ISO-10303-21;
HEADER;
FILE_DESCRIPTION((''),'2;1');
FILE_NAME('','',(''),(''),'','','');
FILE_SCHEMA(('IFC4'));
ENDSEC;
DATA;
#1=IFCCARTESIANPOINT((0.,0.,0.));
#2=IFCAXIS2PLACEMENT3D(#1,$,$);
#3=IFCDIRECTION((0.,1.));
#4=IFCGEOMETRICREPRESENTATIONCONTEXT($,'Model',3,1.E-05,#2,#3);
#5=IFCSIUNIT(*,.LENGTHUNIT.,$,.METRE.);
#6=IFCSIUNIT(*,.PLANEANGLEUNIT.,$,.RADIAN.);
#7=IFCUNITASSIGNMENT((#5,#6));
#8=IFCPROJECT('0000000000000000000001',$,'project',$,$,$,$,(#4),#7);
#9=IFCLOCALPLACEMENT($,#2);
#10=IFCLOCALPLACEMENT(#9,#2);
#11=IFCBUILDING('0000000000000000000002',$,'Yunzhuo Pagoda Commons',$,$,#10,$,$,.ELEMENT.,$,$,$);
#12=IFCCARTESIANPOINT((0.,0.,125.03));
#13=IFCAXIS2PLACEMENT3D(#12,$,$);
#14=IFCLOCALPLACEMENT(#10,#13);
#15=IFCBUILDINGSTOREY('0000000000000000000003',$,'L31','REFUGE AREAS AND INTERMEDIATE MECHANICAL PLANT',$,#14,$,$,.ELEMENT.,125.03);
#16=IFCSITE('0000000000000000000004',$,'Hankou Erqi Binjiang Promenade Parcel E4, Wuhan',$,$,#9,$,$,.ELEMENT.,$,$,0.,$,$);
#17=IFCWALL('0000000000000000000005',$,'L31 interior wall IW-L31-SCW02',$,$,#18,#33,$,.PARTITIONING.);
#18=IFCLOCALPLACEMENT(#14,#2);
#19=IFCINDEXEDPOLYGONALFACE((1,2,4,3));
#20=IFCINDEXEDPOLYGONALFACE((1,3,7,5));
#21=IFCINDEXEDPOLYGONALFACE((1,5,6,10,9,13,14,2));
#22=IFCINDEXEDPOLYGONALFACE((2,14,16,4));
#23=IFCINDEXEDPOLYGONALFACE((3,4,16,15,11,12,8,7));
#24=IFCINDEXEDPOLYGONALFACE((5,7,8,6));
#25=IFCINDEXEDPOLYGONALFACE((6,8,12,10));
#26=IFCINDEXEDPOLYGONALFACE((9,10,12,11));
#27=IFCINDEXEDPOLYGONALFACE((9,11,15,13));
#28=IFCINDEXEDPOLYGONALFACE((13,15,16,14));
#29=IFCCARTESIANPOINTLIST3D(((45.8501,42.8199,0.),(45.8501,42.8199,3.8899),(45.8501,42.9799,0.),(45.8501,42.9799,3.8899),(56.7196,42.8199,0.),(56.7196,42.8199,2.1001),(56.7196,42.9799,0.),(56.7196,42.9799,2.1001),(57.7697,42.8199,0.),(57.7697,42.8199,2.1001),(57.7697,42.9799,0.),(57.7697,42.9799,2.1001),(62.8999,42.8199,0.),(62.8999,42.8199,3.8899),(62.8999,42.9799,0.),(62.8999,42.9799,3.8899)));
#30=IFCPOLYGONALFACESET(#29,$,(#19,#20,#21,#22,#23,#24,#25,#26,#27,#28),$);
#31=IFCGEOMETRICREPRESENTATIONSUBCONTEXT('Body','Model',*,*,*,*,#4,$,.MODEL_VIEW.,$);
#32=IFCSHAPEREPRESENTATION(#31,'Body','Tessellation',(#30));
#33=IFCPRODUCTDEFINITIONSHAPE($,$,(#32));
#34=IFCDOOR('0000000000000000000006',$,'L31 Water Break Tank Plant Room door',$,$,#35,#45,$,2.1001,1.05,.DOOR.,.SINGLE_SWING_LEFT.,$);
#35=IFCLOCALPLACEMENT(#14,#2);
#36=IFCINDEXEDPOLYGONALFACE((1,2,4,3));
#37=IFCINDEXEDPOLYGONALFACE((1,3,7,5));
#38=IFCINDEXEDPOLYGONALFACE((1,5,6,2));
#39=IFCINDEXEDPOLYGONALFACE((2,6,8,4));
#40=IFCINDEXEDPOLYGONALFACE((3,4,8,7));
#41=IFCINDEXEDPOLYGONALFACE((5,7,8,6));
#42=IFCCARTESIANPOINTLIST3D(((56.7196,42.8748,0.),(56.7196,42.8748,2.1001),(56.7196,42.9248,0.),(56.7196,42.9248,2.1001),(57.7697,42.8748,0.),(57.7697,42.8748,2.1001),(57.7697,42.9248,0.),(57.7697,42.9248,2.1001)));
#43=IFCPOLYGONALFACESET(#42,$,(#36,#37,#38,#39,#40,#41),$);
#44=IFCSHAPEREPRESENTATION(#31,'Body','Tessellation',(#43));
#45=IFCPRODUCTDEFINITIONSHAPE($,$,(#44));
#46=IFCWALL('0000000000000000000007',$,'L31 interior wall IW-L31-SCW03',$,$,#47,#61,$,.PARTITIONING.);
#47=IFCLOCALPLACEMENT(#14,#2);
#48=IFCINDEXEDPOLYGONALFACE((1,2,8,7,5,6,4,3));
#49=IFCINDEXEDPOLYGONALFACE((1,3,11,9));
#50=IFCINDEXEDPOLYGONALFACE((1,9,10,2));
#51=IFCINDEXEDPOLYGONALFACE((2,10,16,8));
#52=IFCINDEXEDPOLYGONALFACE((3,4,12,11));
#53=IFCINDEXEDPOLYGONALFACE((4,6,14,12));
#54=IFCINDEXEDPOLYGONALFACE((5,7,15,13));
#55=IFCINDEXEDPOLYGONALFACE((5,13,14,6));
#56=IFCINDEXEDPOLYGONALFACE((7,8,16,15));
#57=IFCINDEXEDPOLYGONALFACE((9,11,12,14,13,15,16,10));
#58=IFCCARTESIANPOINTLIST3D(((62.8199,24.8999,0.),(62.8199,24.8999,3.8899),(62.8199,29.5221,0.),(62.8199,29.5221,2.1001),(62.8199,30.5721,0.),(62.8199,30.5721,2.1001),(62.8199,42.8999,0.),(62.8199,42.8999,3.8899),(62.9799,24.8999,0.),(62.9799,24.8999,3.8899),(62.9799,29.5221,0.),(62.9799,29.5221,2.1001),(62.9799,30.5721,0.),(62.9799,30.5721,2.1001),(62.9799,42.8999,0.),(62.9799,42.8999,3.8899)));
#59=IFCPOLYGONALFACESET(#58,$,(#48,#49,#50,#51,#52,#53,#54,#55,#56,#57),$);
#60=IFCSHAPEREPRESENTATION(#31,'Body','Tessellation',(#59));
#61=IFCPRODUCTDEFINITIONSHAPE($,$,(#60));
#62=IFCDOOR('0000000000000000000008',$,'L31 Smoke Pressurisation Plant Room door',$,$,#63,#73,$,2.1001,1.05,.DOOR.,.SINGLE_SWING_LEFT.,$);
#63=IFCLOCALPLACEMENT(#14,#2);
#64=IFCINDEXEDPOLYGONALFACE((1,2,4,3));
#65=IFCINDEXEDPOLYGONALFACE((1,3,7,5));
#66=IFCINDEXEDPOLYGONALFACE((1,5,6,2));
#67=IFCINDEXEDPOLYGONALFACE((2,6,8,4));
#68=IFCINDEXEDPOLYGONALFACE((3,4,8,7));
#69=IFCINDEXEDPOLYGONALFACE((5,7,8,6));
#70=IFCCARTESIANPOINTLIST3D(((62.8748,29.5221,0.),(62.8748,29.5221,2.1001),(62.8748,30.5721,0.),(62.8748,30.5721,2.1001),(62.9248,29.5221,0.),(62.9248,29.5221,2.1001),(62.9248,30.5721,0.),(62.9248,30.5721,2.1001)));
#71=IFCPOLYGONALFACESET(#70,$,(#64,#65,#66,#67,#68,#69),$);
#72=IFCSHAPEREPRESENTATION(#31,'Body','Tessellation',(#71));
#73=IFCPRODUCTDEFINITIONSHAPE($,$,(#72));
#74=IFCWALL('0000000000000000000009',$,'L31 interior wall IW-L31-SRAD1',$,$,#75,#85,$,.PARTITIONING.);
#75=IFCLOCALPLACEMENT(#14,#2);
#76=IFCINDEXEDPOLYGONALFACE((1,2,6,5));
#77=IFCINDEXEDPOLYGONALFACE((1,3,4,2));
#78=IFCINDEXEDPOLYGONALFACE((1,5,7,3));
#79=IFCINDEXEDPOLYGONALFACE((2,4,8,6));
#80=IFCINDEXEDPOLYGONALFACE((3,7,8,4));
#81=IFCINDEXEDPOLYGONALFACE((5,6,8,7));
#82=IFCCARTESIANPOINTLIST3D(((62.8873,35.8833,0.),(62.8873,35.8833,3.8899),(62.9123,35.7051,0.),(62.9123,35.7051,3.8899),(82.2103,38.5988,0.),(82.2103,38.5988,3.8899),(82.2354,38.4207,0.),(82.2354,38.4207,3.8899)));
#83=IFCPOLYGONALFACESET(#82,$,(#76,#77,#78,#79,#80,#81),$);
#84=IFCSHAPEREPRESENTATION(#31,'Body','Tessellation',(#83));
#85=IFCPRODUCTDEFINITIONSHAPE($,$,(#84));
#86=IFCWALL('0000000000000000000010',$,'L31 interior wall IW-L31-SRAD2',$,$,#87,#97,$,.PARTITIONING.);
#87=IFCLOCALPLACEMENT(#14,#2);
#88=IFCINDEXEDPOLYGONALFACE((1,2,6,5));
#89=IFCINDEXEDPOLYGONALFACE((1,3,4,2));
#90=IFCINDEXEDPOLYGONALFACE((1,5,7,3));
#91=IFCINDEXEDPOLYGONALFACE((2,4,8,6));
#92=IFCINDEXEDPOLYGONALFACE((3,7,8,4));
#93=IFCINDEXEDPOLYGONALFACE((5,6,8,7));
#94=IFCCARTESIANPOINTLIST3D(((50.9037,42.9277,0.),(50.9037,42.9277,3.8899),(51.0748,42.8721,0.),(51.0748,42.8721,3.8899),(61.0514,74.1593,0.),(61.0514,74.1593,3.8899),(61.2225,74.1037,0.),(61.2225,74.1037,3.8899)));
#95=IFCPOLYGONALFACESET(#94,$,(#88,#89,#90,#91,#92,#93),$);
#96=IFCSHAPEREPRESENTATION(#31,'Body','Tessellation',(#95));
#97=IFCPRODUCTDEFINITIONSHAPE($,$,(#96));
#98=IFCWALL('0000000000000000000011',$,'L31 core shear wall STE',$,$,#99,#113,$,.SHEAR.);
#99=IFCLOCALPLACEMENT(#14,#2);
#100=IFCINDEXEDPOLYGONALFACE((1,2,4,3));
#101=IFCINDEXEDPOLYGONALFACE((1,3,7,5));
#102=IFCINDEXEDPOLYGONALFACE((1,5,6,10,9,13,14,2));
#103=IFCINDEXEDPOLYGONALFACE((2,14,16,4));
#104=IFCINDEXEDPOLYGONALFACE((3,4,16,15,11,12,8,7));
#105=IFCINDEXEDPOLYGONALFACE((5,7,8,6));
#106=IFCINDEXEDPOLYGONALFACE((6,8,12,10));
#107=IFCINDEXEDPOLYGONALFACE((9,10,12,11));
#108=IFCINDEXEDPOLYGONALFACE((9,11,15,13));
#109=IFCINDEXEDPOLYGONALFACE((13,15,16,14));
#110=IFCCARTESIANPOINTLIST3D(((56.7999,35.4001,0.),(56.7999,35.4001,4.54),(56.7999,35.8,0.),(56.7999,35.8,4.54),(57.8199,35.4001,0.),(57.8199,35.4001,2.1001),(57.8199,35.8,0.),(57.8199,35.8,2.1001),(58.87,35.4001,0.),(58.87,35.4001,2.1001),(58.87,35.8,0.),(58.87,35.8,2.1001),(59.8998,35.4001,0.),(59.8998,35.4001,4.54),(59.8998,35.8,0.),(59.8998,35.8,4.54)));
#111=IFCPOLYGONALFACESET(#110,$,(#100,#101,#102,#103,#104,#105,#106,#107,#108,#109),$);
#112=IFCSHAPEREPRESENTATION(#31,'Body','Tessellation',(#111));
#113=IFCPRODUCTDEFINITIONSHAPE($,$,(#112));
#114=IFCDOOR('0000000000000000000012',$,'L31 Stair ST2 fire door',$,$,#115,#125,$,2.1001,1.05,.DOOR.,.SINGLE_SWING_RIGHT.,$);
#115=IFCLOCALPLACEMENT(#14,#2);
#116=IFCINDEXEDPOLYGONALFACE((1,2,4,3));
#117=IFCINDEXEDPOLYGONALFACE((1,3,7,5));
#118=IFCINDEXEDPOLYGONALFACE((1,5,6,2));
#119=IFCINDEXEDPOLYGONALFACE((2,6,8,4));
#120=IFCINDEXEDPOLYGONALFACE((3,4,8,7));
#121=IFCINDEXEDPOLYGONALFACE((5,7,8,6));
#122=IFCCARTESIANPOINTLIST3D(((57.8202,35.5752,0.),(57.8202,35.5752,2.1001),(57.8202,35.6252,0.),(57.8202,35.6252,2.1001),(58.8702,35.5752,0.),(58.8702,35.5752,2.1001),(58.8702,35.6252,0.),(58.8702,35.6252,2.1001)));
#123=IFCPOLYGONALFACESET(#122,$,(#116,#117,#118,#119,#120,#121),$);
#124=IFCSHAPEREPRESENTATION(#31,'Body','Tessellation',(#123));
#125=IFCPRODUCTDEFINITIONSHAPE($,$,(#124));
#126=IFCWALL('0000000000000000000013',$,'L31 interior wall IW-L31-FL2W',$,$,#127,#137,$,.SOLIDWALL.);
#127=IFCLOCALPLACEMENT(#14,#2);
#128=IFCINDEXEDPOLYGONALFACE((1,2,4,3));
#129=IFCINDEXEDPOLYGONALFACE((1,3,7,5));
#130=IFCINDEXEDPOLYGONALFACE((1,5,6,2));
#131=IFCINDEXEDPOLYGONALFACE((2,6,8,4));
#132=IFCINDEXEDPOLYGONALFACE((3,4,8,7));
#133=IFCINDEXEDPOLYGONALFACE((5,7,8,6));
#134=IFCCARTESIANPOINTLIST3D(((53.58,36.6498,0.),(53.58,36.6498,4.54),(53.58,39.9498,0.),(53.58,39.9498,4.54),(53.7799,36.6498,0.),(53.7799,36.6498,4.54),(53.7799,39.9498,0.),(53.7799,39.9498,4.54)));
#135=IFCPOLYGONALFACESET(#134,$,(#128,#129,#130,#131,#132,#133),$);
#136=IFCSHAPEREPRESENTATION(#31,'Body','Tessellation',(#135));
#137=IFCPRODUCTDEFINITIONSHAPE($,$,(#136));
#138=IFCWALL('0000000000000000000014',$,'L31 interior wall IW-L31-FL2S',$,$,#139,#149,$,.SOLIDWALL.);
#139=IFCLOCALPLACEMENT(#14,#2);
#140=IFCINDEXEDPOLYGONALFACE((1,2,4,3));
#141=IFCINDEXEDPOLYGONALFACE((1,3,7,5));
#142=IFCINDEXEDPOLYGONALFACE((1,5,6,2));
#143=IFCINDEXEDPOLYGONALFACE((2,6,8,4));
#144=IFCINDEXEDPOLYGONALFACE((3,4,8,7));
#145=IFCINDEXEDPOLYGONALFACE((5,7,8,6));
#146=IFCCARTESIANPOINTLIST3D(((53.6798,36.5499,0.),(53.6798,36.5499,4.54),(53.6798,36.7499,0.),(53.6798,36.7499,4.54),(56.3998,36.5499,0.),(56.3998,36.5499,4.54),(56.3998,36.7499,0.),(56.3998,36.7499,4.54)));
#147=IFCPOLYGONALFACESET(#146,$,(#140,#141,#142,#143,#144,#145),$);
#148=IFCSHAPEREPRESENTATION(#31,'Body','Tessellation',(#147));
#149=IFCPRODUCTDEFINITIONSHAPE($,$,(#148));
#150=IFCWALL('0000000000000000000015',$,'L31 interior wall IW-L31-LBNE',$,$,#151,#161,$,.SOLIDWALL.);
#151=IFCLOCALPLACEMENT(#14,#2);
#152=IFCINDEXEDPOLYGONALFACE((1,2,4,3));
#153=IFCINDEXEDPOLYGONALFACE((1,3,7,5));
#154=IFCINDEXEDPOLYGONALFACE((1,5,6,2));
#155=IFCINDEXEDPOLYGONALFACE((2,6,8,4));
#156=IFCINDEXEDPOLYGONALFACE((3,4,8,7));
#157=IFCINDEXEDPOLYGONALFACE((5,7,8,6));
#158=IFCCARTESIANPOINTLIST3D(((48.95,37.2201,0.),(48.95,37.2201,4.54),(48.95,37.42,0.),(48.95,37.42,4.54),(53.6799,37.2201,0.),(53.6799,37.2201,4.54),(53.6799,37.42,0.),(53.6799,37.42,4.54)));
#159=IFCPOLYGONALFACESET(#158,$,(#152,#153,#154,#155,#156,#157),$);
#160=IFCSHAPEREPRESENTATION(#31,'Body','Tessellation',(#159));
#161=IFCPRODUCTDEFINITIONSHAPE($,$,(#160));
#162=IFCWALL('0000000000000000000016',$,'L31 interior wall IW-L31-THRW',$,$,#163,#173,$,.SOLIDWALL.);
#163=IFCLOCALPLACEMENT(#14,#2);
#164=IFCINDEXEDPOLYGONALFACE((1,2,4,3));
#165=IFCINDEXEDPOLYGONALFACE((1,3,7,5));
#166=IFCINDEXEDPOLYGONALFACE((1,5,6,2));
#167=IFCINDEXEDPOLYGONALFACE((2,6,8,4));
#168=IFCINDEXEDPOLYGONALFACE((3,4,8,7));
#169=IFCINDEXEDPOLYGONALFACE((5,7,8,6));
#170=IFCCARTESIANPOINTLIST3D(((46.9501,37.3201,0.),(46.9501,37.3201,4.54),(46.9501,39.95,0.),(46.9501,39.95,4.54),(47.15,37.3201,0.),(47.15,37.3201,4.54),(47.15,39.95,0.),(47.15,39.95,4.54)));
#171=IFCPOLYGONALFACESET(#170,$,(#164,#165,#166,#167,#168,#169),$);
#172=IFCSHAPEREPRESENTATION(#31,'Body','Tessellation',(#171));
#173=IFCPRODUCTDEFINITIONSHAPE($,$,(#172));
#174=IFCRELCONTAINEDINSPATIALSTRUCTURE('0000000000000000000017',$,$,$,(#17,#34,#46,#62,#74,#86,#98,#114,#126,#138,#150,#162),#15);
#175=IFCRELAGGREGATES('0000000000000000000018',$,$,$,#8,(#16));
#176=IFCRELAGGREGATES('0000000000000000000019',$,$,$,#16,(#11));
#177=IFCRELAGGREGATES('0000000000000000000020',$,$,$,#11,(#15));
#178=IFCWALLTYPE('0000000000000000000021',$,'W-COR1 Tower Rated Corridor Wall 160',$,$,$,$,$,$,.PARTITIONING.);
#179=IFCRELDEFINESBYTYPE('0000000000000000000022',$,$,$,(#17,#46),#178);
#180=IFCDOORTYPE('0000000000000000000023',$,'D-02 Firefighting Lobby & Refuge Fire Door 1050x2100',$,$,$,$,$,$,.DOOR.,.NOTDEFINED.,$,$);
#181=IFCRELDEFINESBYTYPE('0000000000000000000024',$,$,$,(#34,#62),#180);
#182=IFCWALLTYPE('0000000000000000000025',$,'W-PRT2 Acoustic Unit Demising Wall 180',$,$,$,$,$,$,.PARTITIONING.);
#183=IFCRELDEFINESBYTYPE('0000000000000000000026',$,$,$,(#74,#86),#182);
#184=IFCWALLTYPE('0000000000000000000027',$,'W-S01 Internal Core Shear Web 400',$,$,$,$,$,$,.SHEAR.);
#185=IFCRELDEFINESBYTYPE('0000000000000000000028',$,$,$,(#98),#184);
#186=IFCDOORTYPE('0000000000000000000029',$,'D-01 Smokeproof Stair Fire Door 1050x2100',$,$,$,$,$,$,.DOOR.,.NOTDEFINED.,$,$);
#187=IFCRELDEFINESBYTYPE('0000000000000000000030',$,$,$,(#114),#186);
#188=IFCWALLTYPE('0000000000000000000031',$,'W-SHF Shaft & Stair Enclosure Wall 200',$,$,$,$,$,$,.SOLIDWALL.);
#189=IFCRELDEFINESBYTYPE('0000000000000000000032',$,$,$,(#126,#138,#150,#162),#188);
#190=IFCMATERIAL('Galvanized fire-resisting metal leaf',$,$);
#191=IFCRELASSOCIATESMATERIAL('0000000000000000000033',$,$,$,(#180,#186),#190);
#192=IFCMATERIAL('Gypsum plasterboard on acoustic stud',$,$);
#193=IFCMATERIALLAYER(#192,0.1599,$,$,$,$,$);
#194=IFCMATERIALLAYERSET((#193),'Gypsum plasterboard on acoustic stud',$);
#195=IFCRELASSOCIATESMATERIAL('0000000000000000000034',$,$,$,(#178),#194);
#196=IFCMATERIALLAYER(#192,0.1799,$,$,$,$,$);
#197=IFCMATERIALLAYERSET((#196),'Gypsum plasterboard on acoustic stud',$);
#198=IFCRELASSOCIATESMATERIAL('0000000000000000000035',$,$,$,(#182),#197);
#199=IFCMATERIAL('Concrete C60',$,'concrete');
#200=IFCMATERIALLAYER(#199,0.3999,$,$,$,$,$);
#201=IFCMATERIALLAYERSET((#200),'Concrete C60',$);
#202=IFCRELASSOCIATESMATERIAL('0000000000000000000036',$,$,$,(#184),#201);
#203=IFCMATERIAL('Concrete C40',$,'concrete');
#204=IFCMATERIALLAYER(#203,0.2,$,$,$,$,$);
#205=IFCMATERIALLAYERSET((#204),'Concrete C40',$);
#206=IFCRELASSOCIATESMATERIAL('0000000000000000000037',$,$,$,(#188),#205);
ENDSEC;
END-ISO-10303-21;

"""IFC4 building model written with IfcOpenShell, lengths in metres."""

from ifc_helpers import new_model, si_unit, direction, frame, frame_2d, origin, origin_with_axes, place, context, subcontext, project, spatial, rectangle, extrude, source, transform, mapped, material, layer, layer_set, type_object, element, fill, save


model = new_model("IFC4")

# Units and contexts
model_context = context("Model", 3, precision=1e-05, world=origin(), true_north=direction((0.0, 1.0)))
body_context = subcontext(model_context, "Body", "Model", "MODEL_VIEW")
ifc_project = project(units=[si_unit("LENGTHUNIT", "METRE"), si_unit("PLANEANGLEUNIT", "RADIAN")], contexts=[model_context])

# Site, building, storey
site_placement = place(None, origin())
site = spatial("IfcSite", under=ifc_project, at=site_placement, Name="Hankou Erqi Binjiang Promenade Parcel E4, Wuhan", CompositionType="ELEMENT", RefElevation=0.0)
building_placement = place(site_placement, origin())
building = spatial("IfcBuilding", under=site, at=building_placement, Name="Yunzhuo Pagoda Commons", CompositionType="ELEMENT")
storey_placement = place(building_placement, frame((0.0, 0.0, 125.03)))
storey = spatial("IfcBuildingStorey", under=building, at=storey_placement, Name="L31", Description="REFUGE AREAS AND INTERMEDIATE MECHANICAL PLANT", CompositionType="ELEMENT", Elevation=125.03)

# Walls, openings, doors
ifc_material_1 = material(Name="Concrete C60", Category="concrete")
ifc_material_2 = material(Name="Galvanized fire-resisting metal leaf")
door_type_1 = type_object("IfcDoorType", Name="D-02 Firefighting Lobby & Refuge Fire Door 1050x2100", OperationType="NOTDEFINED", PredefinedType="DOOR", material=ifc_material_2)
shared_shape_1 = source(origin(), body_context, "Body", "SweptSolid", [
    extrude(rectangle(XDim=1.05, YDim=2.1001, at=frame_2d((0.5249, 1.05))), frame((0.0, 0.0249, 0.0), z_axis=(0.0, -1.0, 0.0), x_axis=(1.0, 0.0, 0.0)), (0.0, 0.0, 1.0), 0.05),
])
ifc_material_3 = material(Name="Gypsum plasterboard on acoustic stud")
ifc_layer_1 = layer(ifc_material_3, 0.1599)
ifc_layer_set_1 = layer_set([ifc_layer_1], Name="Gypsum plasterboard on acoustic stud")
wall_type_1 = type_object("IfcWallType", Name="W-COR1 Tower Rated Corridor Wall 160", PredefinedType="PARTITIONING", material=ifc_layer_set_1)
wall_1_placement = place(storey_placement, frame((45.8501, 42.8999, 0.0), z_axis=(0.0, 0.0, 1.0), x_axis=(1.0, 0.0, 0.0)))
wall_1 = element("IfcWall", 1, at=wall_1_placement, inside=storey, type_object=wall_type_1, Name="L31 interior wall IW-L31-SCW02", PredefinedType="PARTITIONING", context=body_context, shape_type="SweptSolid", body=[
    extrude(rectangle(XDim=17.0498, YDim=0.1599, at=frame_2d((8.5249, 0.0))), origin(), (0.0, 0.0, 1.0), 3.8899),
])
opening_1_placement = place(wall_1_placement, frame((10.8696, 0.0, 0.0)))
opening_1 = element("IfcOpeningElement", 2, at=opening_1_placement, cuts=wall_1, PredefinedType="OPENING", context=body_context, shape_type="SweptSolid", body=[
    extrude(rectangle(XDim=1.05, YDim=2.1001, at=frame_2d((0.5249, 1.05))), frame((0.0, 0.0898, 0.0), z_axis=(0.0, -1.0, 0.0), x_axis=(1.0, 0.0, 0.0)), (0.0, 0.0, 1.0), 0.1799),
])
door_1_placement = place(opening_1_placement, origin_with_axes())
door_1 = element("IfcDoor", 3, at=door_1_placement, inside=storey, type_object=door_type_1, Name="L31 Water Break Tank Plant Room door", OperationType="SINGLE_SWING_LEFT", OverallHeight=2.1001, OverallWidth=1.05, PredefinedType="DOOR", context=body_context, shape_type="MappedRepresentation", body=[
    mapped(shared_shape_1, transform((0.0, 0.0, 0.0), scale=1.0)),
])
fill(opening_1, door_1)
wall_2_placement = place(storey_placement, frame((62.8999, 42.8999, 0.0), z_axis=(0.0, 0.0, 1.0), x_axis=(0.0, -1.0, 0.0)))
wall_2 = element("IfcWall", 4, at=wall_2_placement, inside=storey, type_object=wall_type_1, Name="L31 interior wall IW-L31-SCW03", PredefinedType="PARTITIONING", context=body_context, shape_type="SweptSolid", body=[
    extrude(rectangle(XDim=18.0, YDim=0.1599, at=frame_2d((9.0, 0.0))), origin(), (0.0, 0.0, 1.0), 3.8899),
])
opening_2_placement = place(wall_2_placement, frame((12.3279, 0.0, 0.0)))
opening_2 = element("IfcOpeningElement", 5, at=opening_2_placement, cuts=wall_2, PredefinedType="OPENING", context=body_context, shape_type="SweptSolid", body=[
    extrude(rectangle(XDim=1.05, YDim=2.1001, at=frame_2d((0.5249, 1.05))), frame((0.0, 0.0898, 0.0), z_axis=(0.0, -1.0, 0.0), x_axis=(1.0, 0.0, 0.0)), (0.0, 0.0, 1.0), 0.1799),
])
door_2_placement = place(opening_2_placement, origin_with_axes())
door_2 = element("IfcDoor", 6, at=door_2_placement, inside=storey, type_object=door_type_1, Name="L31 Smoke Pressurisation Plant Room door", OperationType="SINGLE_SWING_LEFT", OverallHeight=2.1001, OverallWidth=1.05, PredefinedType="DOOR", context=body_context, shape_type="MappedRepresentation", body=[
    mapped(shared_shape_1, transform((0.0, 0.0, 0.0), scale=1.0)),
])
fill(opening_2, door_2)

# Walls
ifc_layer_2 = layer(ifc_material_3, 0.1799)
ifc_layer_set_2 = layer_set([ifc_layer_2], Name="Gypsum plasterboard on acoustic stud")
wall_type_2 = type_object("IfcWallType", Name="W-PRT2 Acoustic Unit Demising Wall 180", PredefinedType="PARTITIONING", material=ifc_layer_set_2)
wall_3_placement = place(storey_placement, frame((62.8999, 35.7942, 0.0), z_axis=(0.0, 0.0, 1.0), x_axis=(0.990269, 0.139168, 0.0)))
element("IfcWall", 7, at=wall_3_placement, inside=storey, type_object=wall_type_2, Name="L31 interior wall IW-L31-SRAD1", PredefinedType="PARTITIONING", context=body_context, shape_type="SweptSolid", body=[
    extrude(rectangle(XDim=19.5129, YDim=0.1799, at=frame_2d((9.7563, 0.0))), origin(), (0.0, 0.0, 1.0), 3.8899),
])
wall_4_placement = place(storey_placement, frame((50.9893, 42.8999, 0.0), z_axis=(0.0, 0.0, 1.0), x_axis=(0.309015, 0.951057, 0.0)))
element("IfcWall", 8, at=wall_4_placement, inside=storey, type_object=wall_type_2, Name="L31 interior wall IW-L31-SRAD2", PredefinedType="PARTITIONING", context=body_context, shape_type="SweptSolid", body=[
    extrude(rectangle(XDim=32.8389, YDim=0.1799, at=frame_2d((16.4194, 0.0))), origin(), (0.0, 0.0, 1.0), 3.8899),
])

# Wall, opening, door
ifc_layer_3 = layer(ifc_material_1, 0.3999)
ifc_layer_set_3 = layer_set([ifc_layer_3], Name="Concrete C60")
wall_type_3 = type_object("IfcWallType", Name="W-S01 Internal Core Shear Web 400", PredefinedType="SHEAR", material=ifc_layer_set_3)
wall_5_placement = place(storey_placement, frame((56.8, 35.6001, 0.0), z_axis=(0.0, 0.0, 1.0), x_axis=(1.0, 0.0, 0.0)))
wall_5 = element("IfcWall", 9, at=wall_5_placement, inside=storey, type_object=wall_type_3, Name="L31 core shear wall STE", PredefinedType="SHEAR", context=body_context, shape_type="SweptSolid", body=[
    extrude(rectangle(XDim=3.0999, YDim=0.3999, at=frame_2d((1.5498, 0.0))), origin(), (0.0, 0.0, 1.0), 4.54),
])
opening_3_placement = place(wall_5_placement, frame((1.02, 0.0, 0.0)))
opening_3 = element("IfcOpeningElement", 10, at=opening_3_placement, cuts=wall_5, PredefinedType="OPENING", context=body_context, shape_type="SweptSolid", body=[
    extrude(rectangle(XDim=1.05, YDim=2.1001, at=frame_2d((0.5249, 1.05))), frame((0.0, 0.21, 0.0), z_axis=(0.0, -1.0, 0.0), x_axis=(1.0, 0.0, 0.0)), (0.0, 0.0, 1.0), 0.4199),
])
door_type_2 = type_object("IfcDoorType", Name="D-01 Smokeproof Stair Fire Door 1050x2100", OperationType="NOTDEFINED", PredefinedType="DOOR", material=ifc_material_2)
door_3_placement = place(opening_3_placement, frame((1.05, 0.0, 0.0), z_axis=(0.0, 0.0, 1.0), x_axis=(-1.0, 0.0, 0.0)))
door_3 = element("IfcDoor", 11, at=door_3_placement, inside=storey, type_object=door_type_2, Name="L31 Stair ST2 fire door", OperationType="SINGLE_SWING_RIGHT", OverallHeight=2.1001, OverallWidth=1.05, PredefinedType="DOOR", context=body_context, shape_type="MappedRepresentation", body=[
    mapped(shared_shape_1, transform((0.0, 0.0, 0.0), scale=1.0)),
])
fill(opening_3, door_3)

# Walls
ifc_material_4 = material(Name="Concrete C40", Category="concrete")
ifc_layer_4 = layer(ifc_material_4, 0.2)
ifc_layer_set_4 = layer_set([ifc_layer_4], Name="Concrete C40")
wall_type_4 = type_object("IfcWallType", Name="W-SHF Shaft & Stair Enclosure Wall 200", PredefinedType="SOLIDWALL", material=ifc_layer_set_4)
wall_6_placement = place(storey_placement, frame((53.6799, 36.6499, 0.0), z_axis=(0.0, 0.0, 1.0), x_axis=(0.0, 1.0, 0.0)))
element("IfcWall", 12, at=wall_6_placement, inside=storey, type_object=wall_type_4, Name="L31 interior wall IW-L31-FL2W", PredefinedType="SOLIDWALL", context=body_context, shape_type="SweptSolid", body=[
    extrude(rectangle(XDim=3.3, YDim=0.2, at=frame_2d((1.6499, 0.0))), origin(), (0.0, 0.0, 1.0), 4.54),
])
wall_7_placement = place(storey_placement, frame((53.6799, 36.6499, 0.0), z_axis=(0.0, 0.0, 1.0), x_axis=(1.0, 0.0, 0.0)))
element("IfcWall", 13, at=wall_7_placement, inside=storey, type_object=wall_type_4, Name="L31 interior wall IW-L31-FL2S", PredefinedType="SOLIDWALL", context=body_context, shape_type="SweptSolid", body=[
    extrude(rectangle(XDim=2.72, YDim=0.2, at=frame_2d((1.3599, 0.0))), origin(), (0.0, 0.0, 1.0), 4.54),
])
wall_8_placement = place(storey_placement, frame((48.95, 37.3201, 0.0), z_axis=(0.0, 0.0, 1.0), x_axis=(1.0, 0.0, 0.0)))
element("IfcWall", 14, at=wall_8_placement, inside=storey, type_object=wall_type_4, Name="L31 interior wall IW-L31-LBNE", PredefinedType="SOLIDWALL", context=body_context, shape_type="SweptSolid", body=[
    extrude(rectangle(XDim=4.73, YDim=0.2, at=frame_2d((2.365, 0.0))), origin(), (0.0, 0.0, 1.0), 4.54),
])
for number, where, z_axis, x_axis, name in (
    (15, (47.05, 37.3201, 0.0), (0.0, 0.0, 1.0), (0.0, 1.0, 0.0), "L31 interior wall IW-L31-THRW"),
):
    element("IfcWall", number, at=place(storey_placement, frame(where, z_axis=z_axis, x_axis=x_axis)), inside=storey, type_object=wall_type_4, Name=name, PredefinedType="SOLIDWALL", context=body_context, shape_type="SweptSolid", body=[
        extrude(rectangle(XDim=2.6299, YDim=0.2, at=frame_2d((1.3149, 0.0))), origin(), (0.0, 0.0, 1.0), 4.54),
    ])

save(model, "model.ifc")
